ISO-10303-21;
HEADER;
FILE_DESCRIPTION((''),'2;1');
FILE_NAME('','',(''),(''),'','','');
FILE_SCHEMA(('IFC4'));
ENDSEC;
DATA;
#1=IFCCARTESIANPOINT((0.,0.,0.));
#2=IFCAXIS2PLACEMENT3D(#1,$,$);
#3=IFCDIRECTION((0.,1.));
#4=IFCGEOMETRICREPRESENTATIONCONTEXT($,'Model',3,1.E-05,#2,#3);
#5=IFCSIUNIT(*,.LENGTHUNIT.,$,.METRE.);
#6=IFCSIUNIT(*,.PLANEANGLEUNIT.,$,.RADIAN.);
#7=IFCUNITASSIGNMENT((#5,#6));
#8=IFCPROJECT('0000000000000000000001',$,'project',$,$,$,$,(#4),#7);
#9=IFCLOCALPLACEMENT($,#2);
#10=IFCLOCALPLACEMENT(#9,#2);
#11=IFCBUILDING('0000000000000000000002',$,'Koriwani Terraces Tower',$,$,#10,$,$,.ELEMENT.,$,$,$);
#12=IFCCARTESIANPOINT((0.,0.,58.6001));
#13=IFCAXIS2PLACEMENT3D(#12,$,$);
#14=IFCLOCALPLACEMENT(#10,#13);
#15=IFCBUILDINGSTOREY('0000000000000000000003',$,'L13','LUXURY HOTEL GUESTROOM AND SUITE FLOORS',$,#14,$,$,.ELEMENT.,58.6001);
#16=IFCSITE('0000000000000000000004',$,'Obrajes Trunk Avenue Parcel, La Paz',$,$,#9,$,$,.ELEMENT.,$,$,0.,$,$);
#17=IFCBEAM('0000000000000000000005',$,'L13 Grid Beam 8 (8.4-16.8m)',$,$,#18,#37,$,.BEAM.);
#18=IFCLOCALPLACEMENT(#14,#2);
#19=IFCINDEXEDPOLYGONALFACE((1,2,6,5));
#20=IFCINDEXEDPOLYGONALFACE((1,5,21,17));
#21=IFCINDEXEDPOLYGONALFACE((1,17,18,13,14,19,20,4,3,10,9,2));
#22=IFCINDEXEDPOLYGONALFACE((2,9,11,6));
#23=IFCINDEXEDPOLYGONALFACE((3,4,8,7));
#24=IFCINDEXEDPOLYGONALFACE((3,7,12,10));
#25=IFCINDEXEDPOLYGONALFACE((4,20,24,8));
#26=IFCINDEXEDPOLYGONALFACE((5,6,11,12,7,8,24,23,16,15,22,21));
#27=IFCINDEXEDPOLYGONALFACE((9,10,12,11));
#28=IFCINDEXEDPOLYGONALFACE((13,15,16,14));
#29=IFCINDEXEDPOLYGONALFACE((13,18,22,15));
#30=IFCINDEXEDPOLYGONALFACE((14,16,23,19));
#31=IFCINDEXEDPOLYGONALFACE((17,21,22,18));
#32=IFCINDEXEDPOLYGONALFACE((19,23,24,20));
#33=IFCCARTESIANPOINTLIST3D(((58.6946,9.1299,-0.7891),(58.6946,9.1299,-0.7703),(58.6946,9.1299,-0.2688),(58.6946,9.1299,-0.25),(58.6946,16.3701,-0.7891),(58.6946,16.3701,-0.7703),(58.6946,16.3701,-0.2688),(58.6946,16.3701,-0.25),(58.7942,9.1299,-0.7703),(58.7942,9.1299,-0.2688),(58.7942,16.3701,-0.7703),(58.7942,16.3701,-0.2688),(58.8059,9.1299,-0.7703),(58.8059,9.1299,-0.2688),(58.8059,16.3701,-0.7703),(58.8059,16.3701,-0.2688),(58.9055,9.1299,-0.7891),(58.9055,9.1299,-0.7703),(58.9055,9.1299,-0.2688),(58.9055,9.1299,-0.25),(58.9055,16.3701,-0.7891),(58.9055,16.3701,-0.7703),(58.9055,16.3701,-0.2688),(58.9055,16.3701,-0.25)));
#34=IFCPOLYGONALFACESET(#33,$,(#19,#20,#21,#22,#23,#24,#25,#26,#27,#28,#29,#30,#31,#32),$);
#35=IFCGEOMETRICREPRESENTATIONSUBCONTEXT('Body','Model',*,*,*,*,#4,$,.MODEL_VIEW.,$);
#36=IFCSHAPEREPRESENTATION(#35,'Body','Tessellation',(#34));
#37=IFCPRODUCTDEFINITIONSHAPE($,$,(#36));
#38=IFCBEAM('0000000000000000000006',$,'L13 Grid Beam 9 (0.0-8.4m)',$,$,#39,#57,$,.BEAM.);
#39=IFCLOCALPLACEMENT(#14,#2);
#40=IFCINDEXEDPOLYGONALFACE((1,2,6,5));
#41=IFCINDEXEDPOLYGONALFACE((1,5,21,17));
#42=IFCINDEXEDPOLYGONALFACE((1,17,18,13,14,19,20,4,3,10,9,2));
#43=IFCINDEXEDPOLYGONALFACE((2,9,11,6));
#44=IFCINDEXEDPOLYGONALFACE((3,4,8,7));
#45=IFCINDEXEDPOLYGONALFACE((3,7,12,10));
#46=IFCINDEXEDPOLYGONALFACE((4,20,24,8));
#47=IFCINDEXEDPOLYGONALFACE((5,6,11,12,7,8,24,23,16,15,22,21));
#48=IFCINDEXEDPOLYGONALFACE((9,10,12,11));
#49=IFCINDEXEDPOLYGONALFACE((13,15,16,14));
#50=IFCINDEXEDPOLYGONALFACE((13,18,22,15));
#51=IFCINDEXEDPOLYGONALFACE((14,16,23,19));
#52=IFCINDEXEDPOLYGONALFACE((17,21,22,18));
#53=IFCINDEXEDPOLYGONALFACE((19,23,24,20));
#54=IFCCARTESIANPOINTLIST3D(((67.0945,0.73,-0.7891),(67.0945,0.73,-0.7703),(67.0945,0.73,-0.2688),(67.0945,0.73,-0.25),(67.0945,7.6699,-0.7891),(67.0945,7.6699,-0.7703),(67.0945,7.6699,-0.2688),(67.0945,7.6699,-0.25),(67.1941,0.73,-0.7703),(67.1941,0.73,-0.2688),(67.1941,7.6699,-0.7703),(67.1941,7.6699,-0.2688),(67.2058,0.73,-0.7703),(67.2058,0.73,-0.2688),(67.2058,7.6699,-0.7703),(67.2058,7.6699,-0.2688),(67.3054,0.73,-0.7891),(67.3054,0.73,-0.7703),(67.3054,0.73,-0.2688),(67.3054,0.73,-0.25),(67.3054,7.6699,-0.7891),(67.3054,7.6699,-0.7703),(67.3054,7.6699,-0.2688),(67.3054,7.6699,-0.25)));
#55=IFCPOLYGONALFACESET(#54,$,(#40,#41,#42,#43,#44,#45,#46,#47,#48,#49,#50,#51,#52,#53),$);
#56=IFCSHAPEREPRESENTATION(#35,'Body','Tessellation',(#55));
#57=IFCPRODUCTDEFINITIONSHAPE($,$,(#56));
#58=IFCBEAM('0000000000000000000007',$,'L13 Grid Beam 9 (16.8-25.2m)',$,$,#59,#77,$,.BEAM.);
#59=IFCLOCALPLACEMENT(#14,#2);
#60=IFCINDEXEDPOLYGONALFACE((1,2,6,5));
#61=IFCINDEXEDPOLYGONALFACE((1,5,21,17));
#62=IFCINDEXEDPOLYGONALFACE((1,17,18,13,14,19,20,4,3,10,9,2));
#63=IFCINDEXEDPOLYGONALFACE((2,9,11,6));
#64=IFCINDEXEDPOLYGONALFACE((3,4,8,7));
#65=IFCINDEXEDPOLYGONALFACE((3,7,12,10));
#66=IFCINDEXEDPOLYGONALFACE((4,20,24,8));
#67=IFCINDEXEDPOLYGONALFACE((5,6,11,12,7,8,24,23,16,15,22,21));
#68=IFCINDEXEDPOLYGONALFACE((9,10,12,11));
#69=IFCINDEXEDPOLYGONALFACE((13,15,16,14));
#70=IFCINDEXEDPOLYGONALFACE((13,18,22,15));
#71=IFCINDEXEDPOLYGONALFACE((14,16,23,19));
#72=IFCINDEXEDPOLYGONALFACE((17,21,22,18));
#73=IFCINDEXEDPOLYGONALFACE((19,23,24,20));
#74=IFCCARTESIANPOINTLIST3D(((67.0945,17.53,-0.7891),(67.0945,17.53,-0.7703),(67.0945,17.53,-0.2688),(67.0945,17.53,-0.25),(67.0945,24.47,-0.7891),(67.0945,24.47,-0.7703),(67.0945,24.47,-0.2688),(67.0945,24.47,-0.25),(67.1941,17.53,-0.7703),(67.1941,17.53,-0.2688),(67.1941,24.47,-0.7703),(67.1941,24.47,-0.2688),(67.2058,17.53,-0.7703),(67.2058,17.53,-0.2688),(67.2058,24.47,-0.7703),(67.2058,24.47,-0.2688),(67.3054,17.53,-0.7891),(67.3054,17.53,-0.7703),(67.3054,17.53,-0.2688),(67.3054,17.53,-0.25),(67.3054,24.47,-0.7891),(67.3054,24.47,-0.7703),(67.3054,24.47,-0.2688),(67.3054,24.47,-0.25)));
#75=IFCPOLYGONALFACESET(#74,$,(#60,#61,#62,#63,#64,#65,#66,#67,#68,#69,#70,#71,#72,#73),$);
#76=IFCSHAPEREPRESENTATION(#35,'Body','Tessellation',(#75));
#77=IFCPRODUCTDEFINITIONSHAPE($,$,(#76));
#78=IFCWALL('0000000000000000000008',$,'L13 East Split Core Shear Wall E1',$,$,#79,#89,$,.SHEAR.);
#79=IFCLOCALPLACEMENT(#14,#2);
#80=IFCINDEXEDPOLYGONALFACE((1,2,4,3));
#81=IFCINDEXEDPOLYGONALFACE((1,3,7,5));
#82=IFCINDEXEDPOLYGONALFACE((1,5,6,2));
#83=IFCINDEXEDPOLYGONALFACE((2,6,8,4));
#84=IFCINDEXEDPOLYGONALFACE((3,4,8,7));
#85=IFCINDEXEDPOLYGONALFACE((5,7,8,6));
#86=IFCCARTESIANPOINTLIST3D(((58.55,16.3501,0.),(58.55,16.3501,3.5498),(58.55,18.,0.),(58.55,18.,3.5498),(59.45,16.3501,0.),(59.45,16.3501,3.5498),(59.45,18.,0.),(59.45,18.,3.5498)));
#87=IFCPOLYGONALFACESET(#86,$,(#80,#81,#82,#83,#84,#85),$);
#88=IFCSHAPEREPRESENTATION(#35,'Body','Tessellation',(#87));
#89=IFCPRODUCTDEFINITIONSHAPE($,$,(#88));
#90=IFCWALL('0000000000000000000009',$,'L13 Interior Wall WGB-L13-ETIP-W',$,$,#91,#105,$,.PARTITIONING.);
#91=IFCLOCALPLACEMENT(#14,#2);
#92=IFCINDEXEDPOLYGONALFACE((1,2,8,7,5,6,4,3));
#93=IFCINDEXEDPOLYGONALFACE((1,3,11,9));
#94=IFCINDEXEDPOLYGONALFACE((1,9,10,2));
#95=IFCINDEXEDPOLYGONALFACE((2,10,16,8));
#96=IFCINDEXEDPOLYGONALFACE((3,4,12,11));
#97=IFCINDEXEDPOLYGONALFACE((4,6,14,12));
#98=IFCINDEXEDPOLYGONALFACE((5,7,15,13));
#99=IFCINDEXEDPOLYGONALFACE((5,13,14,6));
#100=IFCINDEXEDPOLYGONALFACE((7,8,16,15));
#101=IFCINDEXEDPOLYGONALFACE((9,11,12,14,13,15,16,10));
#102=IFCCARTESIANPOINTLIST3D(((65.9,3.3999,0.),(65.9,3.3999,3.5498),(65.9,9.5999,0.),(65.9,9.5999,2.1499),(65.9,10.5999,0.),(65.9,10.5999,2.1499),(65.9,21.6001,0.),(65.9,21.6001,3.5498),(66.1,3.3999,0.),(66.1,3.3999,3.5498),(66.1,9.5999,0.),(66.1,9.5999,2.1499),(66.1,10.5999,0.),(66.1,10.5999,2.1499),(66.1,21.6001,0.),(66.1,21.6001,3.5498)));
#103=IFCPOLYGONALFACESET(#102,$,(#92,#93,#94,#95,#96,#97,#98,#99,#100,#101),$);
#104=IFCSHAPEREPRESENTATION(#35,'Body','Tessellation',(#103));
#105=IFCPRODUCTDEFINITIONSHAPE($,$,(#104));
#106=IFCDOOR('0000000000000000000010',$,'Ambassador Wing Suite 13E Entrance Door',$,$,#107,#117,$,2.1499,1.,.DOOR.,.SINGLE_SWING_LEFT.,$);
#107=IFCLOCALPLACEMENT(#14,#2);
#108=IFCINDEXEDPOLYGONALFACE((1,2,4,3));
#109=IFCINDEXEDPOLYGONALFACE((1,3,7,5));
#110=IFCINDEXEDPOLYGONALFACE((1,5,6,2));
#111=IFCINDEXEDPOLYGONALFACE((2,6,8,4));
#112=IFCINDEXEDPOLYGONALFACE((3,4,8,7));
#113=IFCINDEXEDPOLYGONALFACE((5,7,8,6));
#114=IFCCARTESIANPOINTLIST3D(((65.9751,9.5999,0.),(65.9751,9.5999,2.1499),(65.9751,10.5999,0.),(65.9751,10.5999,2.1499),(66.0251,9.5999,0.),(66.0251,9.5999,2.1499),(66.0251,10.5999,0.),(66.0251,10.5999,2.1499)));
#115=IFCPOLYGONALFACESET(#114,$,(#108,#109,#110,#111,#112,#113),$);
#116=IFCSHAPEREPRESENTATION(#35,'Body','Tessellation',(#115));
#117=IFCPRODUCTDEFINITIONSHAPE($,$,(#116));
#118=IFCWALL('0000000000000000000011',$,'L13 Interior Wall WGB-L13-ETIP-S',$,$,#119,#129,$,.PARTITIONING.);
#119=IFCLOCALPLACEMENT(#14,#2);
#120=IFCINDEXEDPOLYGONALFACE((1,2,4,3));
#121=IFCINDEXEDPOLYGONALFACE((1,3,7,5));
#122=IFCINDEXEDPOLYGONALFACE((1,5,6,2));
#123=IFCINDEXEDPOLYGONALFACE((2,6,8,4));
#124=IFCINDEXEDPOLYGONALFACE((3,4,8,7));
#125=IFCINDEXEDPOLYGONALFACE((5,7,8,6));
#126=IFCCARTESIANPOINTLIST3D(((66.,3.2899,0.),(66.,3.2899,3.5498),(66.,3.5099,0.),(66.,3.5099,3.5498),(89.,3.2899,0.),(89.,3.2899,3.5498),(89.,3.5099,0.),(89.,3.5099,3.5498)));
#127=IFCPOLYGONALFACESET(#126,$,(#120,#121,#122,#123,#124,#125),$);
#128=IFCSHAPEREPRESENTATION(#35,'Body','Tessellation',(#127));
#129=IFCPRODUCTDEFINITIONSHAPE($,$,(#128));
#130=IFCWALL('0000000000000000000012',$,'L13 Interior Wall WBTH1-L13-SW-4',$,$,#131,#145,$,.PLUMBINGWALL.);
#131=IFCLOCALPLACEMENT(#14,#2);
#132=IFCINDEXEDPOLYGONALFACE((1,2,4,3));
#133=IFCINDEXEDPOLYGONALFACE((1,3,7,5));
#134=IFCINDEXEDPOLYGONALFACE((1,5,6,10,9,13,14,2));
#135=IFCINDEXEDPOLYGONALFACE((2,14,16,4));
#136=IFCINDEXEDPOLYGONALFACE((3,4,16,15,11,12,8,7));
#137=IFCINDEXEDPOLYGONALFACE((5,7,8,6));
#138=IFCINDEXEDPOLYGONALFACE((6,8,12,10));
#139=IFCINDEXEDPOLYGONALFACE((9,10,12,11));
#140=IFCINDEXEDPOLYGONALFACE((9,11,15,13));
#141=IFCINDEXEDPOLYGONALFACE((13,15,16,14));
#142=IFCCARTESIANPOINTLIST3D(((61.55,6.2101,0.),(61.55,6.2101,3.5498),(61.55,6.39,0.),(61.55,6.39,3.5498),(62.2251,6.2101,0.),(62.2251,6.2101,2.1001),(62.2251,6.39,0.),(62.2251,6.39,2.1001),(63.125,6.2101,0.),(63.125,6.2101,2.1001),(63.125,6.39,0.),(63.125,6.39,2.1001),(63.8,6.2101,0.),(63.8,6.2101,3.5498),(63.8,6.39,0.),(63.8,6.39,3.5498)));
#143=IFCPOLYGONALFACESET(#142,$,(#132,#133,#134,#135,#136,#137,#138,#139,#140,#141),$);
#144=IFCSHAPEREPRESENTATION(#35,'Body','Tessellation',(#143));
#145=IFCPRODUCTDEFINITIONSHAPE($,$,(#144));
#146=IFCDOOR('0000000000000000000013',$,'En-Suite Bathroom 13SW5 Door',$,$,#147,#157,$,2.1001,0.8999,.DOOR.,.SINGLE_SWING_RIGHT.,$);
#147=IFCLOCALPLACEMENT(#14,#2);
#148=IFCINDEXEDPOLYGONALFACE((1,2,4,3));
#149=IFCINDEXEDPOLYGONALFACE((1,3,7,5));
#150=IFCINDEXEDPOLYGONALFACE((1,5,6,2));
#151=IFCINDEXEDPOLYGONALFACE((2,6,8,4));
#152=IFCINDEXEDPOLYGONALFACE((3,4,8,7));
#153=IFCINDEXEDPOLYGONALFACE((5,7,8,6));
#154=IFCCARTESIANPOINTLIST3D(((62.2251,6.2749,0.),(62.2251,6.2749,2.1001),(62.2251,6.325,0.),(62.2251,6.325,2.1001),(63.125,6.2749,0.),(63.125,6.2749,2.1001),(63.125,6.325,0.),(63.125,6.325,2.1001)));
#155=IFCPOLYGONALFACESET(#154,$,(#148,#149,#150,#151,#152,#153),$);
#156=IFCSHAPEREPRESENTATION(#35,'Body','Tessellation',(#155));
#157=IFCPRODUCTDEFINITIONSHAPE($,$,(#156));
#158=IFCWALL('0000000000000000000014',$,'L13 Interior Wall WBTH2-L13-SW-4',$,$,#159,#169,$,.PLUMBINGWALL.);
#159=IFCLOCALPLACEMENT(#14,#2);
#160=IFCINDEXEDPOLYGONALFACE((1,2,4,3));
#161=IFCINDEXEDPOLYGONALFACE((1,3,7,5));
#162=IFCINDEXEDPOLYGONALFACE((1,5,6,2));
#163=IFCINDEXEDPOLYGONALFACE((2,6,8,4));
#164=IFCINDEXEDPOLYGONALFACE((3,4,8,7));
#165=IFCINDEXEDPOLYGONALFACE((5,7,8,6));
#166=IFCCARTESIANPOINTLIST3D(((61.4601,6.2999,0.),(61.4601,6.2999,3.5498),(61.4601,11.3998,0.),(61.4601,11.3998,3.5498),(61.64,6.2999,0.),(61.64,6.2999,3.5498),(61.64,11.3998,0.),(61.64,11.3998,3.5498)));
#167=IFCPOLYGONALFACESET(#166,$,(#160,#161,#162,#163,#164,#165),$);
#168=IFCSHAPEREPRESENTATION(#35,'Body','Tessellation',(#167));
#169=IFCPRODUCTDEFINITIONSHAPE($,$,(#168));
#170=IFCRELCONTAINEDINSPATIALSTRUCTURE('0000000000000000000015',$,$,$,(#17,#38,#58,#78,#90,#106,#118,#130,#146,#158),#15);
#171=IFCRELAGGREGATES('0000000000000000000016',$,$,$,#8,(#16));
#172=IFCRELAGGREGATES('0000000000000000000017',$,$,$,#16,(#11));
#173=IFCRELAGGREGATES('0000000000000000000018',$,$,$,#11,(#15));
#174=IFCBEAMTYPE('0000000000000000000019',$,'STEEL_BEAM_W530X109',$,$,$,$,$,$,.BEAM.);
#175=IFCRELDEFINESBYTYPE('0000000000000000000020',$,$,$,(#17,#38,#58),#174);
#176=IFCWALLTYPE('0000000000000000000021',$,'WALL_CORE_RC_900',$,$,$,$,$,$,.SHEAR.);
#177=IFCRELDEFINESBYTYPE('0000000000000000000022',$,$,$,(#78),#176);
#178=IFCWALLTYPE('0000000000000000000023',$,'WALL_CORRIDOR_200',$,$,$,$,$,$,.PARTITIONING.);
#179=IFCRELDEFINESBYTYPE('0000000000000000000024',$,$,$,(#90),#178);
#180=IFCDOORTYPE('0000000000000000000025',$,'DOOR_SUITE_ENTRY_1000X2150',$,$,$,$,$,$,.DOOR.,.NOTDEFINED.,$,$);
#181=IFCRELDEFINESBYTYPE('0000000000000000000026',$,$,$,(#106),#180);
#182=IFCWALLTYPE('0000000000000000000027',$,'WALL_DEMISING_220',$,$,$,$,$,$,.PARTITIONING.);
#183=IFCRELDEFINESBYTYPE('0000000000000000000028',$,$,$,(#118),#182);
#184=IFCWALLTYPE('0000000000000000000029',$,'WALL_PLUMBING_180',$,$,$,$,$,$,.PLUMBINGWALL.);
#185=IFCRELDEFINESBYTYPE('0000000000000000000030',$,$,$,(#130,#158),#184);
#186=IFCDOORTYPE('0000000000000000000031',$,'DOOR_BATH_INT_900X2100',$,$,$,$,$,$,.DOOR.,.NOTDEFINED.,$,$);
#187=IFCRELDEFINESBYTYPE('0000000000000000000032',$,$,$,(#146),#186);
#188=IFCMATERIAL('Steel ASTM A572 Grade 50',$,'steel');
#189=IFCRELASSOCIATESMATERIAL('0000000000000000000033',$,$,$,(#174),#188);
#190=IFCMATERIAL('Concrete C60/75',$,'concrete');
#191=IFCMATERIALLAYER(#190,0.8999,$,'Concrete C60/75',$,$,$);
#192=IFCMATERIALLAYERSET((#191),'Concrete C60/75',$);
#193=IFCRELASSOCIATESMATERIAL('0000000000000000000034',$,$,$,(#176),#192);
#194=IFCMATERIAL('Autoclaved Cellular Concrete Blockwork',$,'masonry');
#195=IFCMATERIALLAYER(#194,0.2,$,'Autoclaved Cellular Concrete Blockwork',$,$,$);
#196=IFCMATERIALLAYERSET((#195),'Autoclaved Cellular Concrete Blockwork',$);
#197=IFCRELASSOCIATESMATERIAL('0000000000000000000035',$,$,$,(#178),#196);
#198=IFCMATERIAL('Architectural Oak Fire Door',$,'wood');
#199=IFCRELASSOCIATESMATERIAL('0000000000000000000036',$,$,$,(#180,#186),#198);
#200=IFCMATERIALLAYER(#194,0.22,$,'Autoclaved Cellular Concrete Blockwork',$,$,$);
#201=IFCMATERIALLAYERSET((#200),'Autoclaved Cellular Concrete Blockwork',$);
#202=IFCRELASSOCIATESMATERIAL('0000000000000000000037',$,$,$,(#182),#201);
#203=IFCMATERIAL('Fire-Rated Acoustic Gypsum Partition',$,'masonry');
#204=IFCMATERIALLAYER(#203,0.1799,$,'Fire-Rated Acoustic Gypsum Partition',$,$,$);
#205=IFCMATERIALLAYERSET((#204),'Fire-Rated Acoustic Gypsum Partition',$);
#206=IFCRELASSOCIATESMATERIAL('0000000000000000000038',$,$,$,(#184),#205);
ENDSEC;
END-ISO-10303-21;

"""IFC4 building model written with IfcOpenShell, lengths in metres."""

from ifc_helpers import new_model, si_unit, direction, frame, frame_2d, origin, origin_2d, place, context, subcontext, project, spatial, rectangle, i_section, extrude, material, layer, layer_set, material_profile, profile_set, type_object, element, fill, save


model = new_model("IFC4")

# Units and contexts
model_context = context("Model", 3, precision=1e-05, world=origin(), true_north=direction((0.0, 1.0)))
body_context = subcontext(model_context, "Body", "Model", "MODEL_VIEW")
ifc_project = project(units=[si_unit("LENGTHUNIT", "METRE"), si_unit("PLANEANGLEUNIT", "RADIAN")], contexts=[model_context])

# Site, building, storey
site_placement = place(None, origin())
site = spatial("IfcSite", under=ifc_project, at=site_placement, Name="Obrajes Trunk Avenue Parcel, La Paz", CompositionType="ELEMENT", RefElevation=0.0)
building_placement = place(site_placement, origin())
building = spatial("IfcBuilding", under=site, at=building_placement, Name="Koriwani Terraces Tower", CompositionType="ELEMENT")
storey_placement = place(building_placement, frame((0.0, 0.0, 58.6001)))
storey = spatial("IfcBuildingStorey", under=building, at=storey_placement, Name="L13", Description="LUXURY HOTEL GUESTROOM AND SUITE FLOORS", CompositionType="ELEMENT", Elevation=58.6001)

# Shared definitions
ifc_material_1 = material(Name="Concrete C60/75", Category="concrete")

# Beams
ifc_material_2 = material(Name="Steel ASTM A572 Grade 50", Category="steel")
ifc_material_profile_1 = material_profile(ifc_material_2, i_section(OverallWidth=0.2109, OverallDepth=0.5391, WebThickness=0.0117, FlangeThickness=0.0188, at=origin_2d()), Name="Steel ASTM A572 Grade 50", Category="LoadBearing")
ifc_profile_set_1 = profile_set([ifc_material_profile_1], Name="Steel ASTM A572 Grade 50")
beam_type_1 = type_object("IfcBeamType", Name="STEEL_BEAM_W530X109", PredefinedType="BEAM", material=ifc_profile_set_1)
beam_1_placement = place(storey_placement, frame((58.8, 9.1299, -0.5195), z_axis=(0.0, 1.0, 0.0), x_axis=(-1.0, 0.0, 0.0)))
element("IfcBeam", 1, at=beam_1_placement, inside=storey, type_object=beam_type_1, Name="L13 Grid Beam 8 (8.4-16.8m)", PredefinedType="BEAM", context=body_context, shape_type="SweptSolid", body=[
    extrude(i_section(OverallWidth=0.2109, OverallDepth=0.5391, WebThickness=0.0117, FlangeThickness=0.0188, at=origin_2d()), origin(), (0.0, 0.0, 1.0), 7.2402),
])
for number, where, z_axis, x_axis, name in (
    (2, (67.2, 0.73, -0.5195), (0.0, 1.0, 0.0), (-1.0, 0.0, 0.0), "L13 Grid Beam 9 (0.0-8.4m)"),
    (3, (67.2, 17.53, -0.5195), (0.0, 1.0, 0.0), (-1.0, 0.0, 0.0), "L13 Grid Beam 9 (16.8-25.2m)"),
):
    element("IfcBeam", number, at=place(storey_placement, frame(where, z_axis=z_axis, x_axis=x_axis)), inside=storey, type_object=beam_type_1, Name=name, PredefinedType="BEAM", context=body_context, shape_type="SweptSolid", body=[
        extrude(i_section(OverallWidth=0.2109, OverallDepth=0.5391, WebThickness=0.0117, FlangeThickness=0.0188, at=origin_2d()), origin(), (0.0, 0.0, 1.0), 6.9399),
    ])

# Wall
ifc_layer_1 = layer(ifc_material_1, 0.8999, Name="Concrete C60/75")
ifc_layer_set_1 = layer_set([ifc_layer_1], Name="Concrete C60/75")
wall_type_1 = type_object("IfcWallType", Name="WALL_CORE_RC_900", PredefinedType="SHEAR", material=ifc_layer_set_1)
wall_1_placement = place(storey_placement, frame((59.0, 16.3501, 0.0), z_axis=(0.0, 0.0, 1.0), x_axis=(0.0, 1.0, 0.0)))
element("IfcWall", 4, at=wall_1_placement, inside=storey, type_object=wall_type_1, Name="L13 East Split Core Shear Wall E1", PredefinedType="SHEAR", context=body_context, shape_type="SweptSolid", body=[
    extrude(rectangle(XDim=1.6499, YDim=0.8999, at=frame_2d((0.825, 0.0))), origin(), (0.0, 0.0, 1.0), 3.5498),
])

# Wall, opening, door
ifc_material_3 = material(Name="Autoclaved Cellular Concrete Blockwork", Category="masonry")
ifc_layer_2 = layer(ifc_material_3, 0.2, Name="Autoclaved Cellular Concrete Blockwork")
ifc_layer_set_2 = layer_set([ifc_layer_2], Name="Autoclaved Cellular Concrete Blockwork")
wall_type_2 = type_object("IfcWallType", Name="WALL_CORRIDOR_200", PredefinedType="PARTITIONING", material=ifc_layer_set_2)
wall_2_placement = place(storey_placement, frame((66.0, 3.3999, 0.0), z_axis=(0.0, 0.0, 1.0), x_axis=(0.0, 1.0, 0.0)))
wall_2 = element("IfcWall", 5, at=wall_2_placement, inside=storey, type_object=wall_type_2, Name="L13 Interior Wall WGB-L13-ETIP-W", PredefinedType="PARTITIONING", context=body_context, shape_type="SweptSolid", body=[
    extrude(rectangle(XDim=18.2002, YDim=0.2, at=frame_2d((9.1001, 0.0))), origin(), (0.0, 0.0, 1.0), 3.5498),
])
opening_1_placement = place(wall_2_placement, frame((6.2, 0.0, 0.0)))
opening_1 = element("IfcOpeningElement", 6, at=opening_1_placement, cuts=wall_2, PredefinedType="OPENING", context=body_context, shape_type="SweptSolid", body=[
    extrude(rectangle(XDim=1.0, YDim=2.1499, at=frame_2d((0.5, 1.075))), frame((0.0, 0.1099, 0.0), z_axis=(0.0, -1.0, 0.0), x_axis=(1.0, 0.0, 0.0)), (0.0, 0.0, 1.0), 0.22),
])
ifc_material_4 = material(Name="Architectural Oak Fire Door", Category="wood")
door_type_1 = type_object("IfcDoorType", Name="DOOR_SUITE_ENTRY_1000X2150", OperationType="NOTDEFINED", PredefinedType="DOOR", material=ifc_material_4)
door_1_placement = place(opening_1_placement, origin())
door_1 = element("IfcDoor", 7, at=door_1_placement, inside=storey, type_object=door_type_1, Name="Ambassador Wing Suite 13E Entrance Door", OperationType="SINGLE_SWING_LEFT", OverallHeight=2.1499, OverallWidth=1.0, PredefinedType="DOOR", context=body_context, shape_type="SweptSolid", body=[
    extrude(rectangle(XDim=1.0, YDim=2.1499, at=frame_2d((0.5, 1.075))), frame((0.0, 0.0249, 0.0), z_axis=(0.0, -1.0, 0.0), x_axis=(1.0, 0.0, 0.0)), (0.0, 0.0, 1.0), 0.05),
])
fill(opening_1, door_1)

# Wall
ifc_layer_3 = layer(ifc_material_3, 0.22, Name="Autoclaved Cellular Concrete Blockwork")
ifc_layer_set_3 = layer_set([ifc_layer_3], Name="Autoclaved Cellular Concrete Blockwork")
wall_type_3 = type_object("IfcWallType", Name="WALL_DEMISING_220", PredefinedType="PARTITIONING", material=ifc_layer_set_3)
wall_3_placement = place(storey_placement, frame((66.0, 3.3999, 0.0), z_axis=(0.0, 0.0, 1.0), x_axis=(1.0, 0.0, 0.0)))
element("IfcWall", 8, at=wall_3_placement, inside=storey, type_object=wall_type_3, Name="L13 Interior Wall WGB-L13-ETIP-S", PredefinedType="PARTITIONING", context=body_context, shape_type="SweptSolid", body=[
    extrude(rectangle(XDim=23.0, YDim=0.22, at=frame_2d((11.5, 0.0))), origin(), (0.0, 0.0, 1.0), 3.5498),
])

# Wall, opening, door
ifc_material_5 = material(Name="Fire-Rated Acoustic Gypsum Partition", Category="masonry")
ifc_layer_4 = layer(ifc_material_5, 0.1799, Name="Fire-Rated Acoustic Gypsum Partition")
ifc_layer_set_4 = layer_set([ifc_layer_4], Name="Fire-Rated Acoustic Gypsum Partition")
wall_type_4 = type_object("IfcWallType", Name="WALL_PLUMBING_180", PredefinedType="PLUMBINGWALL", material=ifc_layer_set_4)
wall_4_placement = place(storey_placement, frame((61.55, 6.3, 0.0), z_axis=(0.0, 0.0, 1.0), x_axis=(1.0, 0.0, 0.0)))
wall_4 = element("IfcWall", 9, at=wall_4_placement, inside=storey, type_object=wall_type_4, Name="L13 Interior Wall WBTH1-L13-SW-4", PredefinedType="PLUMBINGWALL", context=body_context, shape_type="SweptSolid", body=[
    extrude(rectangle(XDim=2.25, YDim=0.1799, at=frame_2d((1.125, 0.0))), origin(), (0.0, 0.0, 1.0), 3.5498),
])
opening_2_placement = place(wall_4_placement, frame((0.675, 0.0, 0.0)))
opening_2 = element("IfcOpeningElement", 10, at=opening_2_placement, cuts=wall_4, PredefinedType="OPENING", context=body_context, shape_type="SweptSolid", body=[
    extrude(rectangle(XDim=0.8999, YDim=2.1001, at=frame_2d((0.45, 1.05))), frame((0.0, 0.1001, 0.0), z_axis=(0.0, -1.0, 0.0), x_axis=(1.0, 0.0, 0.0)), (0.0, 0.0, 1.0), 0.2),
])
door_type_2 = type_object("IfcDoorType", Name="DOOR_BATH_INT_900X2100", OperationType="NOTDEFINED", PredefinedType="DOOR", material=ifc_material_4)
door_2_placement = place(opening_2_placement, origin())
door_2 = element("IfcDoor", 11, at=door_2_placement, inside=storey, type_object=door_type_2, Name="En-Suite Bathroom 13SW5 Door", OperationType="SINGLE_SWING_RIGHT", OverallHeight=2.1001, OverallWidth=0.8999, PredefinedType="DOOR", context=body_context, shape_type="SweptSolid", body=[
    extrude(rectangle(XDim=0.8999, YDim=2.1001, at=frame_2d((0.45, 1.05))), frame((0.0, 0.0249, 0.0), z_axis=(0.0, -1.0, 0.0), x_axis=(1.0, 0.0, 0.0)), (0.0, 0.0, 1.0), 0.05),
])
fill(opening_2, door_2)

# Wall
wall_5_placement = place(storey_placement, frame((61.55, 6.3, 0.0), z_axis=(0.0, 0.0, 1.0), x_axis=(0.0, 1.0, 0.0)))
element("IfcWall", 12, at=wall_5_placement, inside=storey, type_object=wall_type_4, Name="L13 Interior Wall WBTH2-L13-SW-4", PredefinedType="PLUMBINGWALL", context=body_context, shape_type="SweptSolid", body=[
    extrude(rectangle(XDim=5.0999, YDim=0.1799, at=frame_2d((2.5498, 0.0))), origin(), (0.0, 0.0, 1.0), 3.5498),
])

save(model, "model.ifc")
